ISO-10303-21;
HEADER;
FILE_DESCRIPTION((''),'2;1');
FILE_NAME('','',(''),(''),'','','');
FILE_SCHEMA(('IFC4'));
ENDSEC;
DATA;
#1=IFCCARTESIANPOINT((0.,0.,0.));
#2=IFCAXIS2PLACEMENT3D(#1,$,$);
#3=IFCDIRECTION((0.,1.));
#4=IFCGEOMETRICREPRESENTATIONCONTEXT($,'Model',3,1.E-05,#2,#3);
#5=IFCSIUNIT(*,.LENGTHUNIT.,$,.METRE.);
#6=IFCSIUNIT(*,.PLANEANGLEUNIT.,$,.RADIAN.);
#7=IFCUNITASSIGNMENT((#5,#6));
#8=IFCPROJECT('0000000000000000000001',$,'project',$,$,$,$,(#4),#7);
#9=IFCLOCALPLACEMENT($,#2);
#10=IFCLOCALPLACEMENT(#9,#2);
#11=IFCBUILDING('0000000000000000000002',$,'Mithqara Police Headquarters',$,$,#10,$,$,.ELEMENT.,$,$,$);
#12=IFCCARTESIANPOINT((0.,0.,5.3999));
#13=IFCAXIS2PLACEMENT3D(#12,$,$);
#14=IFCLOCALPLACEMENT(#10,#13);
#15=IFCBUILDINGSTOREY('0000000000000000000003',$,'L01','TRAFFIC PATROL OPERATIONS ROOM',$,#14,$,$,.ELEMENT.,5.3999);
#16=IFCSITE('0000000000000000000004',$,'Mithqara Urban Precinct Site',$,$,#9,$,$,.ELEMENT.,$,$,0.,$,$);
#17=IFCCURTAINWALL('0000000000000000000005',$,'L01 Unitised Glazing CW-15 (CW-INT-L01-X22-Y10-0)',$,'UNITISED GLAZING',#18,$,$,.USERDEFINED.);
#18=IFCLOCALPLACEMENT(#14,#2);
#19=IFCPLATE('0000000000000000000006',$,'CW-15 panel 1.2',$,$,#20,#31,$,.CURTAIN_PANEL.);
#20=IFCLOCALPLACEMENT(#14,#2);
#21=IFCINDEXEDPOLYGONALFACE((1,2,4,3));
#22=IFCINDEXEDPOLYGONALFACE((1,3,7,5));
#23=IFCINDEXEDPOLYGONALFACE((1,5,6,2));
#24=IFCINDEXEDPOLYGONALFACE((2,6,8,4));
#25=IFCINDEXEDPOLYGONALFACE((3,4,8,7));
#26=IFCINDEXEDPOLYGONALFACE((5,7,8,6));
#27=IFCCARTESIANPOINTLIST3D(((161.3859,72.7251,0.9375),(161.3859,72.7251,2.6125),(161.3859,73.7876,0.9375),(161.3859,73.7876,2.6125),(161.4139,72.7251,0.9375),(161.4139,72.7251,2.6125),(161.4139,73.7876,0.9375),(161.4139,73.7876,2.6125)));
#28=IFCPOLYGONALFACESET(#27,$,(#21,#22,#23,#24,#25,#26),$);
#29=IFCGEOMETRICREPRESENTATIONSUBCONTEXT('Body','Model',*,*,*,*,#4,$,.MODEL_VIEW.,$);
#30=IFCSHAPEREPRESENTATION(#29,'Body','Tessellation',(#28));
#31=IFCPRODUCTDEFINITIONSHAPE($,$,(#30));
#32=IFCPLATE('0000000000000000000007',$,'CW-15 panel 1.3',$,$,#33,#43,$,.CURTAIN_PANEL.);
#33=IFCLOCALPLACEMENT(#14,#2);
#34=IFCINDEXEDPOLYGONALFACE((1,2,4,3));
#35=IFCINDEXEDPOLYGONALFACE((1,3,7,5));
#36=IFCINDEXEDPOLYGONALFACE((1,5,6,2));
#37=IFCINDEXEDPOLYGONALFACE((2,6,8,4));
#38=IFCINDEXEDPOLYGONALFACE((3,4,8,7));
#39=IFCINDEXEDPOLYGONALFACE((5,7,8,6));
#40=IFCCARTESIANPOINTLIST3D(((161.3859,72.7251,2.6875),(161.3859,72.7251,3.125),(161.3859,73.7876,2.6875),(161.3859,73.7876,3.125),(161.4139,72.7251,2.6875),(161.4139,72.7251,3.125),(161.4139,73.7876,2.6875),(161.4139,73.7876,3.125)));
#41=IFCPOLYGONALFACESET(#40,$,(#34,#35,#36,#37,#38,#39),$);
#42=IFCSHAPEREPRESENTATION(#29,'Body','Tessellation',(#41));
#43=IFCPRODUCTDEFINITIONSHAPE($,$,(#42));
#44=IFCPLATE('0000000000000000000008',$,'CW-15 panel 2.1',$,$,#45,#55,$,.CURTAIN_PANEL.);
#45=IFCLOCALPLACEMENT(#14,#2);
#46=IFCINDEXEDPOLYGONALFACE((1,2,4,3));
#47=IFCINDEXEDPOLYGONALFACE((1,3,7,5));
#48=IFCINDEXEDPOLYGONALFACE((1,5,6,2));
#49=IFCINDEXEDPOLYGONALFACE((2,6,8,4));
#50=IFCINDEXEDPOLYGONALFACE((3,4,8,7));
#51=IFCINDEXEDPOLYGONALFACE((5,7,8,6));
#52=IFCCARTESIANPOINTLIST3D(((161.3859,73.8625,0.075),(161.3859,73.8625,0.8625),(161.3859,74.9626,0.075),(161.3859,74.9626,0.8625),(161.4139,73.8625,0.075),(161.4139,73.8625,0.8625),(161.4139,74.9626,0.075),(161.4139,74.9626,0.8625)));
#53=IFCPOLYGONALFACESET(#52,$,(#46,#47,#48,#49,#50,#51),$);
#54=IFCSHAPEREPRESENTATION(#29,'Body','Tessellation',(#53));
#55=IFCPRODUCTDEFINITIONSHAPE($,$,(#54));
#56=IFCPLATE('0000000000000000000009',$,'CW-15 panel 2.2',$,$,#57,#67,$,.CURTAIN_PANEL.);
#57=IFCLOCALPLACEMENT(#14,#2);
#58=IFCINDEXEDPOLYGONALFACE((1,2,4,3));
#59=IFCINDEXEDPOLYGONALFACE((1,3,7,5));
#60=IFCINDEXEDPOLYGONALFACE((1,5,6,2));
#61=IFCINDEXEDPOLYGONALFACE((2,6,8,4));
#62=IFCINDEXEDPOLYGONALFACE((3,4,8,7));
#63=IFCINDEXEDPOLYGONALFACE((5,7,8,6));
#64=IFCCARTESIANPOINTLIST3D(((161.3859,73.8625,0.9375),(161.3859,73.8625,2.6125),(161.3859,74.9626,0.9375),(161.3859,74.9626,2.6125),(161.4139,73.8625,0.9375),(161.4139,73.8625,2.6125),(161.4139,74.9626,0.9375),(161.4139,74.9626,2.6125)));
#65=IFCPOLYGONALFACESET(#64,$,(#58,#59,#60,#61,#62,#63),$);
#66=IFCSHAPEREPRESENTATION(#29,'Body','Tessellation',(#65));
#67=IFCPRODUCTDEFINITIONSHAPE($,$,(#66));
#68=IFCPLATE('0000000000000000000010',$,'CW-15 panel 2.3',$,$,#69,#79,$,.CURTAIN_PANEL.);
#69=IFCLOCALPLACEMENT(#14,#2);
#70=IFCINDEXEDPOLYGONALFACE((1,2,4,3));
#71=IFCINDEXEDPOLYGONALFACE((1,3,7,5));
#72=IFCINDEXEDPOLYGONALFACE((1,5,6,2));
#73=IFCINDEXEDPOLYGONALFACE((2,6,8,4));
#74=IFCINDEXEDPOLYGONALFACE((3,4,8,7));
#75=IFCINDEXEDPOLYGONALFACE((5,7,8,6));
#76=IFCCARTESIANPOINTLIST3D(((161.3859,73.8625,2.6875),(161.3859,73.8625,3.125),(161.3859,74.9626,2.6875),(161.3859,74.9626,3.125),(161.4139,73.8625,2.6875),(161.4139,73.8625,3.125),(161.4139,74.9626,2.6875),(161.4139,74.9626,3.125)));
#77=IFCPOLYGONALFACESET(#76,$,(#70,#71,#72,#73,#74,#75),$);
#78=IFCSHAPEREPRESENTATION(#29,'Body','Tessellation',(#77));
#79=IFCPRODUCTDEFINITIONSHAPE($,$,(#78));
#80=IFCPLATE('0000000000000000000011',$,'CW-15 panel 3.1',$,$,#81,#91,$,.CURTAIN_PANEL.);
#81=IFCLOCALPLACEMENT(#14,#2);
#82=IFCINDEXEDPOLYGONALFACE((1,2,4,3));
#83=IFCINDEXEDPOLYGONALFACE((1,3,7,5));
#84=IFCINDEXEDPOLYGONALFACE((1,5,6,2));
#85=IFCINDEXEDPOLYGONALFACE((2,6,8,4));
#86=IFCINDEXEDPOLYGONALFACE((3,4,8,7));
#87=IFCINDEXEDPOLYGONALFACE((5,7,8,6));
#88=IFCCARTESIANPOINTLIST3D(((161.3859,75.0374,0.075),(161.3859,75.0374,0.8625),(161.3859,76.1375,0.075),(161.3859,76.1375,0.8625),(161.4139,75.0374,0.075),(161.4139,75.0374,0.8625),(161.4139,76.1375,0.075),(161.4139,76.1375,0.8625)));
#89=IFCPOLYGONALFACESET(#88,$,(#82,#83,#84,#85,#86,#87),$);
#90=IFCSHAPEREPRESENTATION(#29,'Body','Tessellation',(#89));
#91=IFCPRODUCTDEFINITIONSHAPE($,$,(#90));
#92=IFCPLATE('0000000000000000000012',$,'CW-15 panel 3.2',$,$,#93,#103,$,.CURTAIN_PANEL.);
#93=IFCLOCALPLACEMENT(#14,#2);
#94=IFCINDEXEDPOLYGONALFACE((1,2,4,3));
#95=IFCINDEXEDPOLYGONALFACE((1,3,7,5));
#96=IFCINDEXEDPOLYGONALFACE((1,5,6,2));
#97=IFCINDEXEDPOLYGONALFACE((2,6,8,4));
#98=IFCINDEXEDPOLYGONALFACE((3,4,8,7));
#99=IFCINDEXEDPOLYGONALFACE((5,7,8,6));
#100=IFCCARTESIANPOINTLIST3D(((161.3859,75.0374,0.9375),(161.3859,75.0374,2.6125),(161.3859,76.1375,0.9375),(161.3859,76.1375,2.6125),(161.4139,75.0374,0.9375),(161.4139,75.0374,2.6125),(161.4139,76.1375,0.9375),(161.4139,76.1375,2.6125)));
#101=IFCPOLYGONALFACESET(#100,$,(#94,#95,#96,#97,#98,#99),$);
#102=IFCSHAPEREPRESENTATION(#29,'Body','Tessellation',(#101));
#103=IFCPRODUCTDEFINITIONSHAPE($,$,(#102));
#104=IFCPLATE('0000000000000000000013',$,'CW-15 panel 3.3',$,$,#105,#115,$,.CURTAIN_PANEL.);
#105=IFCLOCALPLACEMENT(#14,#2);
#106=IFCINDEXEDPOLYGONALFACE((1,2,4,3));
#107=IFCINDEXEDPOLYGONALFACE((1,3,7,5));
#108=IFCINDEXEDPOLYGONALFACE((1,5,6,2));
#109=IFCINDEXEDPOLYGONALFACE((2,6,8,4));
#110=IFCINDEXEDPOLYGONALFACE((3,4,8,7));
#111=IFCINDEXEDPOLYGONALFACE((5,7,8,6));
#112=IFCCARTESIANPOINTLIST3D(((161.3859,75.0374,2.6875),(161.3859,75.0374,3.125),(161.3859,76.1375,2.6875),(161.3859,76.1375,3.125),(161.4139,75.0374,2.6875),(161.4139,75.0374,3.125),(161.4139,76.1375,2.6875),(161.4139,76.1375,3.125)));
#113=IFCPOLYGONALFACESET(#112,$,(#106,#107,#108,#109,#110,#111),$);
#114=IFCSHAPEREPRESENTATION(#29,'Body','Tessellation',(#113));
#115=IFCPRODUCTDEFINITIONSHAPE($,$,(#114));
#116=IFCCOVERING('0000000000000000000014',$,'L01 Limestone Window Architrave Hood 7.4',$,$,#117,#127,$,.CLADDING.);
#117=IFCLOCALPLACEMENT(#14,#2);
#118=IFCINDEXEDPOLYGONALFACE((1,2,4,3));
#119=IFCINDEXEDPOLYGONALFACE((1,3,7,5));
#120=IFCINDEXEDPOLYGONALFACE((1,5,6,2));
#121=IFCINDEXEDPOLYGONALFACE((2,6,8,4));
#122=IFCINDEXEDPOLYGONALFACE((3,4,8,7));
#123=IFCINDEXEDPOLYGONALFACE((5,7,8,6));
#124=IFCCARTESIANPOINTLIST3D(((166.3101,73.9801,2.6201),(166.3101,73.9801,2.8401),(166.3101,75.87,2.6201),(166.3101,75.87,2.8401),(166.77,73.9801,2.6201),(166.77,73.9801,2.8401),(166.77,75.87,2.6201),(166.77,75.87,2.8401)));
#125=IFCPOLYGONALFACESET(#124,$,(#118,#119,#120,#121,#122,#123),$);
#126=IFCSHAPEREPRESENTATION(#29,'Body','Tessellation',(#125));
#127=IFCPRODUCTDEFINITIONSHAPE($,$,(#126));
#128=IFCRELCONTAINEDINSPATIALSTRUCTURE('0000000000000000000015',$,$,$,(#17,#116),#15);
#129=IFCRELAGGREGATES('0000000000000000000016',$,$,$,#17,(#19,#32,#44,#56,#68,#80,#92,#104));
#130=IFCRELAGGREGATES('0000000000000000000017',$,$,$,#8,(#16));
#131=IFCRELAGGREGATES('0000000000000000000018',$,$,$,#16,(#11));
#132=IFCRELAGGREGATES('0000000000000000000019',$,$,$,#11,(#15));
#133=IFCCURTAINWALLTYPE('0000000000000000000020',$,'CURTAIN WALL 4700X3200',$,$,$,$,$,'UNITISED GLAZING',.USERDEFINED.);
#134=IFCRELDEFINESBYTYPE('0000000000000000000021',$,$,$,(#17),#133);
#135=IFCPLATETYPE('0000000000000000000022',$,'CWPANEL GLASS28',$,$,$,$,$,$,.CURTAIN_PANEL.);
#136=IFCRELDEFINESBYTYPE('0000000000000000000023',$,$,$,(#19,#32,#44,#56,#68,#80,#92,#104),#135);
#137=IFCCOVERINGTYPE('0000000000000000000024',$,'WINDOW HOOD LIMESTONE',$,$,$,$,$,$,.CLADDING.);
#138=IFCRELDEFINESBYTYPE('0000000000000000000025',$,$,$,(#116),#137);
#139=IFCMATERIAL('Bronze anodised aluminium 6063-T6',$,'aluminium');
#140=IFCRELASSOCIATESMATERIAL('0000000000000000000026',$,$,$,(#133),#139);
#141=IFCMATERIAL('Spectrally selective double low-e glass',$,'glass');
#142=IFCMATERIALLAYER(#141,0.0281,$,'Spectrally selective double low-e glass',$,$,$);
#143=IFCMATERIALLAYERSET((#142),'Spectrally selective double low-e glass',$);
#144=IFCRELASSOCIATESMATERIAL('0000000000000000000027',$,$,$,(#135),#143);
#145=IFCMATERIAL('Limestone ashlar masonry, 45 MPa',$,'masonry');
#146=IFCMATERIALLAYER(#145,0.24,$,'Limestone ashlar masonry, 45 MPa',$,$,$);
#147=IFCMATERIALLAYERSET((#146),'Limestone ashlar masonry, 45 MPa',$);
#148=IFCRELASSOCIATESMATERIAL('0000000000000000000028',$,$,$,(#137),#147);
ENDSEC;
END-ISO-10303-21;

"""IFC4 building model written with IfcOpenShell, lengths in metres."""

from ifc_helpers import new_model, si_unit, direction, frame, origin, origin_2d, place, context, subcontext, project, spatial, rectangle, extrude, material, layer, layer_set, type_object, element, aggregate, save


model = new_model("IFC4")

# Units and contexts
model_context = context("Model", 3, precision=1e-05, world=origin(), true_north=direction((0.0, 1.0)))
body_context = subcontext(model_context, "Body", "Model", "MODEL_VIEW")
ifc_project = project(units=[si_unit("LENGTHUNIT", "METRE"), si_unit("PLANEANGLEUNIT", "RADIAN")], contexts=[model_context])

# Site, building, storey
site_placement = place(None, origin())
site = spatial("IfcSite", under=ifc_project, at=site_placement, Name="Mithqara Urban Precinct Site", CompositionType="ELEMENT", RefElevation=0.0)
building_placement = place(site_placement, origin())
building = spatial("IfcBuilding", under=site, at=building_placement, Name="Mithqara Police Headquarters", CompositionType="ELEMENT")
storey_placement = place(building_placement, frame((0.0, 0.0, 5.3999)))
storey = spatial("IfcBuildingStorey", under=building, at=storey_placement, Name="L01", Description="TRAFFIC PATROL OPERATIONS ROOM", CompositionType="ELEMENT", Elevation=5.3999)

# Curtain wall, plates
ifc_material_1 = material(Name="Bronze anodised aluminium 6063-T6", Category="aluminium")
curtain_wall_type = type_object("IfcCurtainWallType", Name="CURTAIN WALL 4700X3200", ElementType="UNITISED GLAZING", PredefinedType="USERDEFINED", material=ifc_material_1)
curtain_wall_placement = place(storey_placement, origin())
curtain_wall = element("IfcCurtainWall", 1, at=curtain_wall_placement, inside=storey, type_object=curtain_wall_type, Name="L01 Unitised Glazing CW-15 (CW-INT-L01-X22-Y10-0)", ObjectType="UNITISED GLAZING", PredefinedType="USERDEFINED")
ifc_material_2 = material(Name="Spectrally selective double low-e glass", Category="glass")
ifc_layer_1 = layer(ifc_material_2, 0.0281, Name="Spectrally selective double low-e glass")
ifc_layer_set_1 = layer_set([ifc_layer_1], Name="Spectrally selective double low-e glass")
plate_type = type_object("IfcPlateType", Name="CWPANEL GLASS28", PredefinedType="CURTAIN_PANEL", material=ifc_layer_set_1)
plate_1_placement = place(storey_placement, frame((161.3999, 73.2563, 0.9375), z_axis=(0.0, 0.0, 1.0), x_axis=(0.0, 1.0, 0.0)))
plate_1 = element("IfcPlate", 2, at=plate_1_placement, type_object=plate_type, Name="CW-15 panel 1.2", PredefinedType="CURTAIN_PANEL", context=body_context, shape_type="SweptSolid", body=[
    extrude(rectangle(XDim=1.0625, YDim=0.0281, at=origin_2d()), origin(), (0.0, 0.0, 1.0), 1.675),
])
plate_2_placement = place(storey_placement, frame((161.3999, 73.2563, 2.6875), z_axis=(0.0, 0.0, 1.0), x_axis=(0.0, 1.0, 0.0)))
plate_2 = element("IfcPlate", 3, at=plate_2_placement, type_object=plate_type, Name="CW-15 panel 1.3", PredefinedType="CURTAIN_PANEL", context=body_context, shape_type="SweptSolid", body=[
    extrude(rectangle(XDim=1.0625, YDim=0.0281, at=origin_2d()), origin(), (0.0, 0.0, 1.0), 0.4375),
])
plate_3_placement = place(storey_placement, frame((161.3999, 74.4126, 0.075), z_axis=(0.0, 0.0, 1.0), x_axis=(0.0, 1.0, 0.0)))
plate_3 = element("IfcPlate", 4, at=plate_3_placement, type_object=plate_type, Name="CW-15 panel 2.1", PredefinedType="CURTAIN_PANEL", context=body_context, shape_type="SweptSolid", body=[
    extrude(rectangle(XDim=1.1001, YDim=0.0281, at=origin_2d()), origin(), (0.0, 0.0, 1.0), 0.7876),
])
plate_4_placement = place(storey_placement, frame((161.3999, 74.4126, 0.9375), z_axis=(0.0, 0.0, 1.0), x_axis=(0.0, 1.0, 0.0)))
plate_4 = element("IfcPlate", 5, at=plate_4_placement, type_object=plate_type, Name="CW-15 panel 2.2", PredefinedType="CURTAIN_PANEL", context=body_context, shape_type="SweptSolid", body=[
    extrude(rectangle(XDim=1.1001, YDim=0.0281, at=origin_2d()), origin(), (0.0, 0.0, 1.0), 1.675),
])
plate_5_placement = place(storey_placement, frame((161.3999, 74.4126, 2.6875), z_axis=(0.0, 0.0, 1.0), x_axis=(0.0, 1.0, 0.0)))
plate_5 = element("IfcPlate", 6, at=plate_5_placement, type_object=plate_type, Name="CW-15 panel 2.3", PredefinedType="CURTAIN_PANEL", context=body_context, shape_type="SweptSolid", body=[
    extrude(rectangle(XDim=1.1001, YDim=0.0281, at=origin_2d()), origin(), (0.0, 0.0, 1.0), 0.4375),
])
plate_6_placement = place(storey_placement, frame((161.3999, 75.5874, 0.075), z_axis=(0.0, 0.0, 1.0), x_axis=(0.0, 1.0, 0.0)))
plate_6 = element("IfcPlate", 7, at=plate_6_placement, type_object=plate_type, Name="CW-15 panel 3.1", PredefinedType="CURTAIN_PANEL", context=body_context, shape_type="SweptSolid", body=[
    extrude(rectangle(XDim=1.1001, YDim=0.0281, at=origin_2d()), origin(), (0.0, 0.0, 1.0), 0.7876),
])
plate_7_placement = place(storey_placement, frame((161.3999, 75.5874, 0.9375), z_axis=(0.0, 0.0, 1.0), x_axis=(0.0, 1.0, 0.0)))
plate_7 = element("IfcPlate", 8, at=plate_7_placement, type_object=plate_type, Name="CW-15 panel 3.2", PredefinedType="CURTAIN_PANEL", context=body_context, shape_type="SweptSolid", body=[
    extrude(rectangle(XDim=1.1001, YDim=0.0281, at=origin_2d()), origin(), (0.0, 0.0, 1.0), 1.675),
])
plate_8_placement = place(storey_placement, frame((161.3999, 75.5874, 2.6875), z_axis=(0.0, 0.0, 1.0), x_axis=(0.0, 1.0, 0.0)))
plate_8 = element("IfcPlate", 9, at=plate_8_placement, type_object=plate_type, Name="CW-15 panel 3.3", PredefinedType="CURTAIN_PANEL", context=body_context, shape_type="SweptSolid", body=[
    extrude(rectangle(XDim=1.1001, YDim=0.0281, at=origin_2d()), origin(), (0.0, 0.0, 1.0), 0.4375),
])
aggregate(curtain_wall, [plate_1, plate_2, plate_3, plate_4, plate_5, plate_6, plate_7, plate_8])

# Covering
ifc_material_3 = material(Name="Limestone ashlar masonry, 45 MPa", Category="masonry")
ifc_layer_2 = layer(ifc_material_3, 0.24, Name="Limestone ashlar masonry, 45 MPa")
ifc_layer_set_2 = layer_set([ifc_layer_2], Name="Limestone ashlar masonry, 45 MPa")
covering_type = type_object("IfcCoveringType", Name="WINDOW HOOD LIMESTONE", PredefinedType="CLADDING", material=ifc_layer_set_2)
covering_placement = place(storey_placement, frame((166.54, 74.925, 2.6201), z_axis=(0.0, 0.0, 1.0), x_axis=(0.0, 1.0, 0.0)))
element("IfcCovering", 10, at=covering_placement, inside=storey, type_object=covering_type, Name="L01 Limestone Window Architrave Hood 7.4", PredefinedType="CLADDING", context=body_context, shape_type="SweptSolid", body=[
    extrude(rectangle(XDim=1.8899, YDim=0.46, at=origin_2d()), origin(), (0.0, 0.0, 1.0), 0.22),
])

save(model, "model.ifc")
